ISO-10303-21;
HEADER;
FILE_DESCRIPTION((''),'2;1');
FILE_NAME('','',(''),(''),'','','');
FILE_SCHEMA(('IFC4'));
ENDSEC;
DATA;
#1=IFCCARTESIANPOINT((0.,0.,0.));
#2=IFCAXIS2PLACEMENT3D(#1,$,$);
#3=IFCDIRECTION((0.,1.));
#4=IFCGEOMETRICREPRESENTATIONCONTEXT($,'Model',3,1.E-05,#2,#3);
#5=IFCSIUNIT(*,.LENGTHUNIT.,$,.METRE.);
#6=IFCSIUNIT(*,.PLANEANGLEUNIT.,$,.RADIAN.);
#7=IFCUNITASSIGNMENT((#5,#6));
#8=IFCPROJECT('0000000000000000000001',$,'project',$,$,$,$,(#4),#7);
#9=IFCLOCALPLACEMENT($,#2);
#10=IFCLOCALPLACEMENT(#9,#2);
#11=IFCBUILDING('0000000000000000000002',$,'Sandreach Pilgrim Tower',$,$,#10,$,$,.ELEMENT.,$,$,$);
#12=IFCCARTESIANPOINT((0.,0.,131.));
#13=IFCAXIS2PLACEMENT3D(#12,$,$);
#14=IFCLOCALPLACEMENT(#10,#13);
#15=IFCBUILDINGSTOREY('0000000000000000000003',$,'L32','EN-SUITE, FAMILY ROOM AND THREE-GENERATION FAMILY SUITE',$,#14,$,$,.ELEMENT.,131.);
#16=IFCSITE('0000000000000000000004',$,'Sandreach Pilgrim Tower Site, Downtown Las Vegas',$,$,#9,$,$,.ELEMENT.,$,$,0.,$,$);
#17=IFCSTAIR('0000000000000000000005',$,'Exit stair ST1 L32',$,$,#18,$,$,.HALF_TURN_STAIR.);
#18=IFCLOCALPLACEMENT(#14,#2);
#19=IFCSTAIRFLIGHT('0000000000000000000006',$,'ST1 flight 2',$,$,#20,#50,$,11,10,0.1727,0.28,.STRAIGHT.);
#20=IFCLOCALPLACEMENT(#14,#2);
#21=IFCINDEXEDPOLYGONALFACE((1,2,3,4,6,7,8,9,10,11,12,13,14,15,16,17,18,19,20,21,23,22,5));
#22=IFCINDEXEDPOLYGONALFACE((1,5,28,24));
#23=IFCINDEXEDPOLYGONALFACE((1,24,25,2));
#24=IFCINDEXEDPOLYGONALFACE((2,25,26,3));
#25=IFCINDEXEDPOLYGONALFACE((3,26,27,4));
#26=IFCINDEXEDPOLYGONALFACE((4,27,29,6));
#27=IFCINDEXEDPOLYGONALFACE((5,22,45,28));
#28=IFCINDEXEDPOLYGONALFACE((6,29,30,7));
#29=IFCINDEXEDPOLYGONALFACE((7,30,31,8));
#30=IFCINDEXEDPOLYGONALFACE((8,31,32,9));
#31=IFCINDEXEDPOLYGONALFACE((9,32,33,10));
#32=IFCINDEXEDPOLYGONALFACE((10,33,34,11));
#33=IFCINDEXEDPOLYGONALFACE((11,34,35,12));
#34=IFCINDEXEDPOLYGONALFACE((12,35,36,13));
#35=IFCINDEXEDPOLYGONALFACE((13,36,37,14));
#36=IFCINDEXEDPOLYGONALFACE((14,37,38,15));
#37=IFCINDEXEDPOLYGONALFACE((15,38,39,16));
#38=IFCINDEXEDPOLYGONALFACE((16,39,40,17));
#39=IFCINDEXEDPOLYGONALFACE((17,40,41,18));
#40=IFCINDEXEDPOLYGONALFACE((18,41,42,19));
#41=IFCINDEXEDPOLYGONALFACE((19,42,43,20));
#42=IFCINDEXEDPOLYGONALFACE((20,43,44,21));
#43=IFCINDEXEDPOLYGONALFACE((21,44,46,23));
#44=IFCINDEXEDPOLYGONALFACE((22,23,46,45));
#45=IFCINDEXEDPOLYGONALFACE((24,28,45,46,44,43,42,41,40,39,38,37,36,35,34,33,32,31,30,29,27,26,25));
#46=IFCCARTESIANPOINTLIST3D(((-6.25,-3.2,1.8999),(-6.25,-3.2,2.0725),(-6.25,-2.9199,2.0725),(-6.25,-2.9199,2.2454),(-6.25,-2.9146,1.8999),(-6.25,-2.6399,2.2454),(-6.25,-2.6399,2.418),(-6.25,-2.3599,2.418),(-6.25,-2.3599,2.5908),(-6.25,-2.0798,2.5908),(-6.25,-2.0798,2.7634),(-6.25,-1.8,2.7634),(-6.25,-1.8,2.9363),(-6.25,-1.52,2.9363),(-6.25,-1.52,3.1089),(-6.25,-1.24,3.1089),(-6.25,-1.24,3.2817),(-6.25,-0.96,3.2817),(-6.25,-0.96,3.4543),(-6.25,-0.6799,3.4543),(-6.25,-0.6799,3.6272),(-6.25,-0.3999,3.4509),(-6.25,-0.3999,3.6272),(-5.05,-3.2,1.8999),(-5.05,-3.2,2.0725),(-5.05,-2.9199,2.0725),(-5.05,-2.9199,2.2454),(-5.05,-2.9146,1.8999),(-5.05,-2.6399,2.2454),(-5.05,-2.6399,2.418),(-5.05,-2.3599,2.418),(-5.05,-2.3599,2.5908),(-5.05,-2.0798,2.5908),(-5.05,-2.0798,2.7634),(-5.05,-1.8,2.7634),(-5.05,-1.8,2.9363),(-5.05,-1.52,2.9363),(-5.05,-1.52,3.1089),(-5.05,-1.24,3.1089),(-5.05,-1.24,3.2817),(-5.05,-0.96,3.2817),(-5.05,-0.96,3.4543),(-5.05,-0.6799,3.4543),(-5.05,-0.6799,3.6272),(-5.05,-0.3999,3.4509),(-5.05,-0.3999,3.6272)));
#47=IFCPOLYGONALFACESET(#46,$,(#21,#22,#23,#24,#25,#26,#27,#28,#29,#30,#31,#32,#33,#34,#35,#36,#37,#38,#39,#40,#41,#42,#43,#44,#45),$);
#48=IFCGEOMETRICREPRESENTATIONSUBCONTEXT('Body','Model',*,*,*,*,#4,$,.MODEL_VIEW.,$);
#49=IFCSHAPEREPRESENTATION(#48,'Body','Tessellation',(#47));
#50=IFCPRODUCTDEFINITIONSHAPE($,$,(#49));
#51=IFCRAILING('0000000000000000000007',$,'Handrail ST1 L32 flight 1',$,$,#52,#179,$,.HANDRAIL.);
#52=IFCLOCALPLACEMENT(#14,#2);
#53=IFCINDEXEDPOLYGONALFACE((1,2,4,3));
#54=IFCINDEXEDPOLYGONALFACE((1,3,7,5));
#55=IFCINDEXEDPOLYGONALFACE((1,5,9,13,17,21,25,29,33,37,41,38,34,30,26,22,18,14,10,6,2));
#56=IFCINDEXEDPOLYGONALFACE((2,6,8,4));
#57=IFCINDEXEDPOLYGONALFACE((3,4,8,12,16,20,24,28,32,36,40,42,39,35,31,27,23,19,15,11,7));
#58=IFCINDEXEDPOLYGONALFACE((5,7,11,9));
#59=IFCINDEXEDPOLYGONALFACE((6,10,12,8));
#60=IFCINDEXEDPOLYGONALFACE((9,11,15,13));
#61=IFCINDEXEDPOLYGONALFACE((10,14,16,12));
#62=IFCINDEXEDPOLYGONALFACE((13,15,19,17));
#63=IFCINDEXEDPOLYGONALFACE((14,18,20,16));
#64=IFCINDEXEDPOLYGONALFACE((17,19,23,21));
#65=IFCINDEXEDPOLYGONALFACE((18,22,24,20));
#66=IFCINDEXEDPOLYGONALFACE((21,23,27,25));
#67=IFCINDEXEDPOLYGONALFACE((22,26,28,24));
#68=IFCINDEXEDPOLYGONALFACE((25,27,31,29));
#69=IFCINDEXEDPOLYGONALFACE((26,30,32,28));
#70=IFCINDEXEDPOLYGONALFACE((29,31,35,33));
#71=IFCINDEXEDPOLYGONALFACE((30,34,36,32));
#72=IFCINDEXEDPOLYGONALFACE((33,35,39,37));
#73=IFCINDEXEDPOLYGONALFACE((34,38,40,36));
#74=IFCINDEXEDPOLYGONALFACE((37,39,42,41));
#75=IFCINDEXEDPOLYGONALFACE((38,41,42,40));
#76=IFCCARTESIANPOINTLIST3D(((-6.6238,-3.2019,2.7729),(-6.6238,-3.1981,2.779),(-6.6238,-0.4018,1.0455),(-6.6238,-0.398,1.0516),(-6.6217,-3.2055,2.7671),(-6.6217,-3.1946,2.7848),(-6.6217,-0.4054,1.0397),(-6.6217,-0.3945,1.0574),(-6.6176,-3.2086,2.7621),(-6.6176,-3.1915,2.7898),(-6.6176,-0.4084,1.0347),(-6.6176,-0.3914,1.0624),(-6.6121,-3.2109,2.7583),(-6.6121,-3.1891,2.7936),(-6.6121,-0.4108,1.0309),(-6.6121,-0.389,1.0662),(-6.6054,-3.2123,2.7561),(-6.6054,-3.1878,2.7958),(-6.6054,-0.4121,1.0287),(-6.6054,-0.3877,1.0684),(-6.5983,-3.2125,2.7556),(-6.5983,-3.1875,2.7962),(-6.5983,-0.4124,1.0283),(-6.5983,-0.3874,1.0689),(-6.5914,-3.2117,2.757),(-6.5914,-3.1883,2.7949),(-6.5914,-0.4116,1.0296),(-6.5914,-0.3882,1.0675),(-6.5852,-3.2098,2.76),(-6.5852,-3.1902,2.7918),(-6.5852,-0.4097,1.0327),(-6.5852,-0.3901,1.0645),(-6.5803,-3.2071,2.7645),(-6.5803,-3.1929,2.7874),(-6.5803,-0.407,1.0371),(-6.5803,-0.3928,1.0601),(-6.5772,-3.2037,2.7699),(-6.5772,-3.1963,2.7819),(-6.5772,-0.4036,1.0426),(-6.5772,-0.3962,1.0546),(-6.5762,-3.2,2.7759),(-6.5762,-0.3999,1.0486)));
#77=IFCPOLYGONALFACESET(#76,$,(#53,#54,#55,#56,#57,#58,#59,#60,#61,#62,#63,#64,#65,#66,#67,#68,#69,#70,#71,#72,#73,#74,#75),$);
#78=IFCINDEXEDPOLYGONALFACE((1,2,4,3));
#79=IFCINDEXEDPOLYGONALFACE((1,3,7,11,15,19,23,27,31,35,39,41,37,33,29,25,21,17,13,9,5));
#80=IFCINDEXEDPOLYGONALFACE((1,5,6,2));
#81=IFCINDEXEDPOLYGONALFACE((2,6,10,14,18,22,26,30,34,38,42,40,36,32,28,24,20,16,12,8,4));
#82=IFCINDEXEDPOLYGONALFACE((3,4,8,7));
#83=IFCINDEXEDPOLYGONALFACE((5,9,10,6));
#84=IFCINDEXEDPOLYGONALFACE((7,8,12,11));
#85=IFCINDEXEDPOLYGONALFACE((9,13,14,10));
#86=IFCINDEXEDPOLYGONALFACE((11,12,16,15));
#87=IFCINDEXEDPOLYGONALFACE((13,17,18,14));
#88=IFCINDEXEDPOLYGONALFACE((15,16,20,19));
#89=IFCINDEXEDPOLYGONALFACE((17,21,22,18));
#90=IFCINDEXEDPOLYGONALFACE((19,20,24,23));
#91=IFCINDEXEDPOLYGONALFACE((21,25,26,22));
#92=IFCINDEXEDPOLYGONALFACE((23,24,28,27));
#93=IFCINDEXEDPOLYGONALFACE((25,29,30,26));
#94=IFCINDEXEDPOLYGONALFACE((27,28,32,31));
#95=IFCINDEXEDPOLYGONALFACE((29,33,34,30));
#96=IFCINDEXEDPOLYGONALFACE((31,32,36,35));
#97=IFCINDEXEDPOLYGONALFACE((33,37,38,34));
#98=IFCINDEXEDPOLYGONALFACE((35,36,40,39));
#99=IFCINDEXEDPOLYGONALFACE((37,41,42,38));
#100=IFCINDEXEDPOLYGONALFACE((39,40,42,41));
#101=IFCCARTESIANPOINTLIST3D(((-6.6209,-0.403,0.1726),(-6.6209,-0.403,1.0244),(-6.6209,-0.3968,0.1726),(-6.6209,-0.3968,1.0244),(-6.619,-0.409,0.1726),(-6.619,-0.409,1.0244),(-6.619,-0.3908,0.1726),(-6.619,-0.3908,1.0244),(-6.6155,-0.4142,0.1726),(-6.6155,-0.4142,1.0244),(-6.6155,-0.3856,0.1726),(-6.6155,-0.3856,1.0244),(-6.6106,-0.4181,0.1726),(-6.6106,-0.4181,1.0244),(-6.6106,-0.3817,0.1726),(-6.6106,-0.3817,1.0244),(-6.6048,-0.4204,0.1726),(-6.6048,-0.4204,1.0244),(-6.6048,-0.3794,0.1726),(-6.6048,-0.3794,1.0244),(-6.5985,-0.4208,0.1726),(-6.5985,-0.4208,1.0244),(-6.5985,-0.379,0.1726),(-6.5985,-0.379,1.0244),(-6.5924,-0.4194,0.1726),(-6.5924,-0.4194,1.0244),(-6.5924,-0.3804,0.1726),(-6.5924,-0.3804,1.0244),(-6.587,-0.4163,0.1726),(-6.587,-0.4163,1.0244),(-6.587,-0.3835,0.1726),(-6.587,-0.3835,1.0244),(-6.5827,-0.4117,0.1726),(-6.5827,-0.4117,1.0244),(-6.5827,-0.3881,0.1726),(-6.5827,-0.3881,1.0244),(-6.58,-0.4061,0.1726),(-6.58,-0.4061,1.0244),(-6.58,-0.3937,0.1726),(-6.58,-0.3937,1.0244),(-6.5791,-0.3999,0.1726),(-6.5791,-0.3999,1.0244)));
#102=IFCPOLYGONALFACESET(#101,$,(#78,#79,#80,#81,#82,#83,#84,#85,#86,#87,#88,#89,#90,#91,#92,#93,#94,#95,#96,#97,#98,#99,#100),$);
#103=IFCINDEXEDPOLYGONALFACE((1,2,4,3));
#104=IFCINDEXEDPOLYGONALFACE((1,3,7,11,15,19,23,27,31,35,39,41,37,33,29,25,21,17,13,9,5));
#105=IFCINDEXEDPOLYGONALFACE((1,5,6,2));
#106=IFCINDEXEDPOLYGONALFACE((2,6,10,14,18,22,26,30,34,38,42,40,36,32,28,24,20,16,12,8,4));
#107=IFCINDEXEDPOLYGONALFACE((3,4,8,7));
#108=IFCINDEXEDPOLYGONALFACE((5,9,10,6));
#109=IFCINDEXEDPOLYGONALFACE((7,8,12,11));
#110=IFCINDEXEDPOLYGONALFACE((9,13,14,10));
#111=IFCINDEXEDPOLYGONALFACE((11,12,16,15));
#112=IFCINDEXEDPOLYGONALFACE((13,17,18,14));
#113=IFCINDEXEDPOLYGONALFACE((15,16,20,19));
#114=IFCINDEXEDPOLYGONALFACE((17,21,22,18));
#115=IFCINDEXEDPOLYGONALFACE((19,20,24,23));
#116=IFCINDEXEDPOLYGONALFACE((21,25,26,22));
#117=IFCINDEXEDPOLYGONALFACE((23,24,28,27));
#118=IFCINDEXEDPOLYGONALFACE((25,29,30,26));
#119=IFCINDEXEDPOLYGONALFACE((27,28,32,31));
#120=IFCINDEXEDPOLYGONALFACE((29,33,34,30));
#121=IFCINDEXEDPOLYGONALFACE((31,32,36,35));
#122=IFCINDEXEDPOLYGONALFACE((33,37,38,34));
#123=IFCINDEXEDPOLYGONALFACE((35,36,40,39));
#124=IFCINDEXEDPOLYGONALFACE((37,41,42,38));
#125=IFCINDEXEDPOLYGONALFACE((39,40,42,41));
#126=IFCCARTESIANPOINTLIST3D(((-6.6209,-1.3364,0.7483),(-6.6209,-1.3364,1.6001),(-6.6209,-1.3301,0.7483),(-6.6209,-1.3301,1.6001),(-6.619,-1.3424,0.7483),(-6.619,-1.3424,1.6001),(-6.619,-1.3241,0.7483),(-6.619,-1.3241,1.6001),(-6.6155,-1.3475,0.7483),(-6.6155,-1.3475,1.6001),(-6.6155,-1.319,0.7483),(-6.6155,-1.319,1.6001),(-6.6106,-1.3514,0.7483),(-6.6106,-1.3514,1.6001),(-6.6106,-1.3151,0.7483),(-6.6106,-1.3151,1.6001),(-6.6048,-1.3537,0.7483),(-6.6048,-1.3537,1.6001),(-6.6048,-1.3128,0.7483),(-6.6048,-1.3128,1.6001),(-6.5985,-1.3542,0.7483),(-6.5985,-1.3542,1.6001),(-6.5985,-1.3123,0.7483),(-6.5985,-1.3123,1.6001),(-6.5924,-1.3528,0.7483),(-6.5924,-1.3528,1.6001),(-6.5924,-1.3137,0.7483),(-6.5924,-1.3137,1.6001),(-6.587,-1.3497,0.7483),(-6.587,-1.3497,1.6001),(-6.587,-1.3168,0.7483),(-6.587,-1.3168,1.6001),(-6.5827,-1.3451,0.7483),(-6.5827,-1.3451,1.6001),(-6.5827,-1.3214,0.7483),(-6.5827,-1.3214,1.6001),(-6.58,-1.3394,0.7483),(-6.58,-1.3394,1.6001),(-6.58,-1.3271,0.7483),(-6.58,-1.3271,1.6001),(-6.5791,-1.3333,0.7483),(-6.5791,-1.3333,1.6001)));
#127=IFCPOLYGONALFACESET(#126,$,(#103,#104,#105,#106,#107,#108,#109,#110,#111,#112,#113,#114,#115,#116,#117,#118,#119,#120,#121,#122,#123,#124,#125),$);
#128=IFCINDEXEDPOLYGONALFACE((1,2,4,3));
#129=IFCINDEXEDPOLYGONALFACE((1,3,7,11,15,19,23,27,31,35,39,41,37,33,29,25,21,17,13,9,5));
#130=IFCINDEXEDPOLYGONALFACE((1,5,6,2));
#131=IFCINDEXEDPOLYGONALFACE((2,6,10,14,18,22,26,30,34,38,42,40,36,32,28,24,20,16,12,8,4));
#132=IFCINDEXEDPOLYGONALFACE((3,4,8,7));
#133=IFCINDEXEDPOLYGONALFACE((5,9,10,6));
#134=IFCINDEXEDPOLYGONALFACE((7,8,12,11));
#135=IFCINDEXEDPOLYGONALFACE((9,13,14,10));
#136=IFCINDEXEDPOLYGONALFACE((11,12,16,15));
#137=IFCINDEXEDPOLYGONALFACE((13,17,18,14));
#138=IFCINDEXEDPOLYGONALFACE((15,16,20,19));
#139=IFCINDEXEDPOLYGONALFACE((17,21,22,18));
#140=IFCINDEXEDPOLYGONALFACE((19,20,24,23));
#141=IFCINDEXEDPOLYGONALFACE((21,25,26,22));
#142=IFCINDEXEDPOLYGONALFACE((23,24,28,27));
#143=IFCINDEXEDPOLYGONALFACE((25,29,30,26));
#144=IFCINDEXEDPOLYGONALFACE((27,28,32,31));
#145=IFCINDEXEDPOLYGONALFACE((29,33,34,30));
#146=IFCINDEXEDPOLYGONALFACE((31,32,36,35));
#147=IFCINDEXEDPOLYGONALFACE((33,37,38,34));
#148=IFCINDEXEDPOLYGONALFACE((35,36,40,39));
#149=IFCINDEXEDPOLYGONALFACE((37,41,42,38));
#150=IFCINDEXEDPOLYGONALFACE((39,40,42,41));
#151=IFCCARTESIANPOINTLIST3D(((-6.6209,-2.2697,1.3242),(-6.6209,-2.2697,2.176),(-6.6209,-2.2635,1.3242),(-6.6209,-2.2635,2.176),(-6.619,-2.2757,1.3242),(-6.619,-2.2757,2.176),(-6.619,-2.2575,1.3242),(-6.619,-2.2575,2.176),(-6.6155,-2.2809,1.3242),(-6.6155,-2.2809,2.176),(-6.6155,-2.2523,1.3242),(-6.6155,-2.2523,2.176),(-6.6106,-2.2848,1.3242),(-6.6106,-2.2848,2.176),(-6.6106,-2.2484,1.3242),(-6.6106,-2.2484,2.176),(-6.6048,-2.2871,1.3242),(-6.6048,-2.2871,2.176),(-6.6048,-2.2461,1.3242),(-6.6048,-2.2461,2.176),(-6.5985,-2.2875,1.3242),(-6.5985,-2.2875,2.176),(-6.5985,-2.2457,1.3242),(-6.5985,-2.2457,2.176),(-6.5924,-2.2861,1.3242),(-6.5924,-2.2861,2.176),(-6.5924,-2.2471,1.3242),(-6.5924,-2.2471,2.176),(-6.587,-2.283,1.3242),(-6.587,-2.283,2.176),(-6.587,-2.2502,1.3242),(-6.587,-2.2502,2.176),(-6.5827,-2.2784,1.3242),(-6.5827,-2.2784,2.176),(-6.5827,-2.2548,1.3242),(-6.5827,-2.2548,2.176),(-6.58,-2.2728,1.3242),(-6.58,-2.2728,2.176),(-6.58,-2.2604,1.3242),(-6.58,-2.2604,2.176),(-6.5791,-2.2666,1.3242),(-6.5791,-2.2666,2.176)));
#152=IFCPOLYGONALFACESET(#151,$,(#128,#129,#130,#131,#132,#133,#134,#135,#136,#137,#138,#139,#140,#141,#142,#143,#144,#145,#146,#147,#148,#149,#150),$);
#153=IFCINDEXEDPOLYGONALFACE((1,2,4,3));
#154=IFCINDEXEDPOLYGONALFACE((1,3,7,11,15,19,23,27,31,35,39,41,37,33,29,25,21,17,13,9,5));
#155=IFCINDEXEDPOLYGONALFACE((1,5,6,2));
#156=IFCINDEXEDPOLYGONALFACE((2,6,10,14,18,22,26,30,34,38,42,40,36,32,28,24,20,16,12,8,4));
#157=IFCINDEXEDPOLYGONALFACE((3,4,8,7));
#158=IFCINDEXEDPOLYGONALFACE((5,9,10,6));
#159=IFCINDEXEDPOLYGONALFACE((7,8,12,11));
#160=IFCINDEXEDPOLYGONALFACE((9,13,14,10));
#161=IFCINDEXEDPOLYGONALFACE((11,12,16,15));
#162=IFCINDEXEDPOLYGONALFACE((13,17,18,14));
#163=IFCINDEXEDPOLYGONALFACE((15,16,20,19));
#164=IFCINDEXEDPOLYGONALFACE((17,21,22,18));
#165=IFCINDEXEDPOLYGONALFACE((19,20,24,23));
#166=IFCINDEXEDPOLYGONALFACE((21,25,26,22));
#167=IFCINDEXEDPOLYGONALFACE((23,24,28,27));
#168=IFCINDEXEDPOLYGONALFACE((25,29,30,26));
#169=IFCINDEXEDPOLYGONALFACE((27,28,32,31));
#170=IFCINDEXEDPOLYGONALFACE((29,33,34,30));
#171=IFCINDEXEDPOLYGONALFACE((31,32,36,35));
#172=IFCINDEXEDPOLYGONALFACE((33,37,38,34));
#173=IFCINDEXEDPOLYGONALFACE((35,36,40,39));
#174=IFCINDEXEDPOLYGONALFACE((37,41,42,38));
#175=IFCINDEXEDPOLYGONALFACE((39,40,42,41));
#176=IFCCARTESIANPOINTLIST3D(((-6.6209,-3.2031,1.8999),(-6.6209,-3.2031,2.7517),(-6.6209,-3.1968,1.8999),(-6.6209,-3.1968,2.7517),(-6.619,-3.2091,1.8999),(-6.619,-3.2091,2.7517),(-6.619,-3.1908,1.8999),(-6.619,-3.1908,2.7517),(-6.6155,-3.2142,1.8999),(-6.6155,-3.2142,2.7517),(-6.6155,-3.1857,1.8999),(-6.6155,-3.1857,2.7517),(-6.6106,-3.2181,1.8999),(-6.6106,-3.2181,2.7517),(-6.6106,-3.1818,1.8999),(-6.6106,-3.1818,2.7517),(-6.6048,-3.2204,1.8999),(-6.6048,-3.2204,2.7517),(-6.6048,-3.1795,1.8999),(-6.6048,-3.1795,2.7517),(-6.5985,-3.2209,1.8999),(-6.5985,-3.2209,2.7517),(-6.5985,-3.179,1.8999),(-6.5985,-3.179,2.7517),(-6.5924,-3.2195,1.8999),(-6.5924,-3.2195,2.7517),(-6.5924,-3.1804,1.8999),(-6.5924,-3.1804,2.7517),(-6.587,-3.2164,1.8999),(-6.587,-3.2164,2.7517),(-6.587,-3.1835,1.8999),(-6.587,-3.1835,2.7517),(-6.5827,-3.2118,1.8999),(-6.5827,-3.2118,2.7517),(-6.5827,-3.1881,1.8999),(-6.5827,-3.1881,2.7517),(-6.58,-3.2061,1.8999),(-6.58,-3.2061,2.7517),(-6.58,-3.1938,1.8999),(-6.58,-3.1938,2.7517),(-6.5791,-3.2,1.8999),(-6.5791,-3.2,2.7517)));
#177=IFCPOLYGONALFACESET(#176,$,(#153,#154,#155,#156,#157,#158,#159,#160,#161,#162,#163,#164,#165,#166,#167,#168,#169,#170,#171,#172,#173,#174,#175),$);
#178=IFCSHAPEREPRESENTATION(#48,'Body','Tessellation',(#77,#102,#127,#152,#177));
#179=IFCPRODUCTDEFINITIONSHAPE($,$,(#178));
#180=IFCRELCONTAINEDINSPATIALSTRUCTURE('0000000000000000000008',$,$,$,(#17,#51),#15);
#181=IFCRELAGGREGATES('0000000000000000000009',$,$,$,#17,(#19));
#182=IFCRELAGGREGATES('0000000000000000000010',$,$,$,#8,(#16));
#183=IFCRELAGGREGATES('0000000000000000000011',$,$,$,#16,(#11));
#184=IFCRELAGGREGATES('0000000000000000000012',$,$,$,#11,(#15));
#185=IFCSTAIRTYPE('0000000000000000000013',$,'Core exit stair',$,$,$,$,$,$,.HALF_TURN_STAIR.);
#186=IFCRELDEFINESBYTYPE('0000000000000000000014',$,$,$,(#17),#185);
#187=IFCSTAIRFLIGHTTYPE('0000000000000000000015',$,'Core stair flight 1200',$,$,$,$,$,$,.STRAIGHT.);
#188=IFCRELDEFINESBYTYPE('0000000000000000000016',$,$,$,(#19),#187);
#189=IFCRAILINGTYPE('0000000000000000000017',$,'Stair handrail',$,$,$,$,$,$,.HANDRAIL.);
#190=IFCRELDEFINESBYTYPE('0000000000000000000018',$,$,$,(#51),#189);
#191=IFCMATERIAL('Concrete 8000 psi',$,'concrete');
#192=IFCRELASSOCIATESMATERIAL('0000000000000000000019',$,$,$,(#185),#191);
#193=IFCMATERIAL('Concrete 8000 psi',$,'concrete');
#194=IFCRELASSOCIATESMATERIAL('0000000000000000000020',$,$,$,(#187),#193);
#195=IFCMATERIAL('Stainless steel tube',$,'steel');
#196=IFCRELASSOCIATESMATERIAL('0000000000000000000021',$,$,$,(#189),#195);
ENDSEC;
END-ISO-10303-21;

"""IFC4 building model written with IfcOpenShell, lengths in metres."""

from ifc_helpers import new_model, si_unit, direction, frame, origin, origin_2d, place, context, subcontext, project, spatial, polyline, circle, outline, extrude, material, type_object, element, aggregate, save


model = new_model("IFC4")

# Units and contexts
model_context = context("Model", 3, precision=1e-05, world=origin(), true_north=direction((0.0, 1.0)))
body_context = subcontext(model_context, "Body", "Model", "MODEL_VIEW")
ifc_project = project(units=[si_unit("LENGTHUNIT", "METRE"), si_unit("PLANEANGLEUNIT", "RADIAN")], contexts=[model_context])

# Site, building, storey
site_placement = place(None, origin())
site = spatial("IfcSite", under=ifc_project, at=site_placement, Name="Sandreach Pilgrim Tower Site, Downtown Las Vegas", CompositionType="ELEMENT", RefElevation=0.0)
building_placement = place(site_placement, origin())
building = spatial("IfcBuilding", under=site, at=building_placement, Name="Sandreach Pilgrim Tower", CompositionType="ELEMENT")
storey_placement = place(building_placement, frame((0.0, 0.0, 131.0)))
storey = spatial("IfcBuildingStorey", under=building, at=storey_placement, Name="L32", Description="EN-SUITE, FAMILY ROOM AND THREE-GENERATION FAMILY SUITE", CompositionType="ELEMENT", Elevation=131.0)

# Stair, stair flight
ifc_material_1 = material(Name="Concrete 8000 psi", Category="concrete")
stair_type = type_object("IfcStairType", Name="Core exit stair", PredefinedType="HALF_TURN_STAIR", material=ifc_material_1)
stair_placement = place(storey_placement, origin())
stair = element("IfcStair", 1, at=stair_placement, inside=storey, type_object=stair_type, Name="Exit stair ST1 L32", PredefinedType="HALF_TURN_STAIR")
ifc_material_2 = material(Name="Concrete 8000 psi", Category="concrete")
stair_flight_type = type_object("IfcStairFlightType", Name="Core stair flight 1200", PredefinedType="STRAIGHT", material=ifc_material_2)
stair_flight_1_placement = place(storey_placement, frame((-5.6499, -3.2, 1.8999), z_axis=(0.0, 0.0, 1.0), x_axis=(0.0, 1.0, 0.0)))
stair_flight_1 = element("IfcStairFlight", 2, at=stair_flight_1_placement, type_object=stair_flight_type, Name="ST1 flight 2", NumberOfRisers=11, NumberOfTreads=10, PredefinedType="STRAIGHT", RiserHeight=0.1727, TreadLength=0.28, context=body_context, shape_type="SweptSolid", body=[
    extrude(outline(polyline([(0.0, 0.0), (0.0, 0.1726), (0.28, 0.1726), (0.28, 0.3455), (0.5601, 0.3455), (0.5601, 0.5181), (0.8401, 0.5181), (0.8401, 0.6909), (1.1201, 0.6909), (1.1201, 0.8635), (1.3999, 0.8635), (1.3999, 1.0364), (1.6799, 1.0364), (1.6799, 1.209), (1.96, 1.209), (1.96, 1.3818), (2.24, 1.3818), (2.24, 1.5544), (2.52, 1.5544), (2.52, 1.7273), (2.8, 1.7273), (2.8, 1.8999), (2.8, 1.551), (0.2854, 0.0), (0.0, 0.0)])), frame((0.0, 0.6001, 0.0), z_axis=(0.0, -1.0, 0.0), x_axis=(1.0, 0.0, 0.0)), (0.0, 0.0, 1.0), 1.2),
])
aggregate(stair, [stair_flight_1])

# Railing
ifc_material_3 = material(Name="Stainless steel tube", Category="steel")
railing_type = type_object("IfcRailingType", Name="Stair handrail", PredefinedType="HANDRAIL", material=ifc_material_3)
for number, where, name in (
    (3, (-6.6001, -0.3999, 0.1726), "Handrail ST1 L32 flight 1"),
):
    element("IfcRailing", number, at=place(storey_placement, frame(where)), inside=storey, type_object=railing_type, Name=name, PredefinedType="HANDRAIL", context=body_context, shape_type="SweptSolid", body=[
        extrude(circle(Radius=0.0239, at=origin_2d()), frame((0.0, 0.0, 0.876), z_axis=(0.0, -0.85109, 0.52502), x_axis=(1.0, 0.0, 0.0)), (0.0, 0.0, 1.0), 3.29),
        extrude(circle(Radius=0.021, at=origin_2d()), origin(), (0.0, 0.0, 1.0), 0.8518),
        extrude(circle(Radius=0.021, at=origin_2d()), frame((0.0, -0.9333, 0.5757)), (0.0, 0.0, 1.0), 0.8518),
        extrude(circle(Radius=0.021, at=origin_2d()), frame((0.0, -1.8667, 1.1516)), (0.0, 0.0, 1.0), 0.8518),
        extrude(circle(Radius=0.021, at=origin_2d()), frame((0.0, -2.8, 1.7273)), (0.0, 0.0, 1.0), 0.8518),
    ])

save(model, "model.ifc")
